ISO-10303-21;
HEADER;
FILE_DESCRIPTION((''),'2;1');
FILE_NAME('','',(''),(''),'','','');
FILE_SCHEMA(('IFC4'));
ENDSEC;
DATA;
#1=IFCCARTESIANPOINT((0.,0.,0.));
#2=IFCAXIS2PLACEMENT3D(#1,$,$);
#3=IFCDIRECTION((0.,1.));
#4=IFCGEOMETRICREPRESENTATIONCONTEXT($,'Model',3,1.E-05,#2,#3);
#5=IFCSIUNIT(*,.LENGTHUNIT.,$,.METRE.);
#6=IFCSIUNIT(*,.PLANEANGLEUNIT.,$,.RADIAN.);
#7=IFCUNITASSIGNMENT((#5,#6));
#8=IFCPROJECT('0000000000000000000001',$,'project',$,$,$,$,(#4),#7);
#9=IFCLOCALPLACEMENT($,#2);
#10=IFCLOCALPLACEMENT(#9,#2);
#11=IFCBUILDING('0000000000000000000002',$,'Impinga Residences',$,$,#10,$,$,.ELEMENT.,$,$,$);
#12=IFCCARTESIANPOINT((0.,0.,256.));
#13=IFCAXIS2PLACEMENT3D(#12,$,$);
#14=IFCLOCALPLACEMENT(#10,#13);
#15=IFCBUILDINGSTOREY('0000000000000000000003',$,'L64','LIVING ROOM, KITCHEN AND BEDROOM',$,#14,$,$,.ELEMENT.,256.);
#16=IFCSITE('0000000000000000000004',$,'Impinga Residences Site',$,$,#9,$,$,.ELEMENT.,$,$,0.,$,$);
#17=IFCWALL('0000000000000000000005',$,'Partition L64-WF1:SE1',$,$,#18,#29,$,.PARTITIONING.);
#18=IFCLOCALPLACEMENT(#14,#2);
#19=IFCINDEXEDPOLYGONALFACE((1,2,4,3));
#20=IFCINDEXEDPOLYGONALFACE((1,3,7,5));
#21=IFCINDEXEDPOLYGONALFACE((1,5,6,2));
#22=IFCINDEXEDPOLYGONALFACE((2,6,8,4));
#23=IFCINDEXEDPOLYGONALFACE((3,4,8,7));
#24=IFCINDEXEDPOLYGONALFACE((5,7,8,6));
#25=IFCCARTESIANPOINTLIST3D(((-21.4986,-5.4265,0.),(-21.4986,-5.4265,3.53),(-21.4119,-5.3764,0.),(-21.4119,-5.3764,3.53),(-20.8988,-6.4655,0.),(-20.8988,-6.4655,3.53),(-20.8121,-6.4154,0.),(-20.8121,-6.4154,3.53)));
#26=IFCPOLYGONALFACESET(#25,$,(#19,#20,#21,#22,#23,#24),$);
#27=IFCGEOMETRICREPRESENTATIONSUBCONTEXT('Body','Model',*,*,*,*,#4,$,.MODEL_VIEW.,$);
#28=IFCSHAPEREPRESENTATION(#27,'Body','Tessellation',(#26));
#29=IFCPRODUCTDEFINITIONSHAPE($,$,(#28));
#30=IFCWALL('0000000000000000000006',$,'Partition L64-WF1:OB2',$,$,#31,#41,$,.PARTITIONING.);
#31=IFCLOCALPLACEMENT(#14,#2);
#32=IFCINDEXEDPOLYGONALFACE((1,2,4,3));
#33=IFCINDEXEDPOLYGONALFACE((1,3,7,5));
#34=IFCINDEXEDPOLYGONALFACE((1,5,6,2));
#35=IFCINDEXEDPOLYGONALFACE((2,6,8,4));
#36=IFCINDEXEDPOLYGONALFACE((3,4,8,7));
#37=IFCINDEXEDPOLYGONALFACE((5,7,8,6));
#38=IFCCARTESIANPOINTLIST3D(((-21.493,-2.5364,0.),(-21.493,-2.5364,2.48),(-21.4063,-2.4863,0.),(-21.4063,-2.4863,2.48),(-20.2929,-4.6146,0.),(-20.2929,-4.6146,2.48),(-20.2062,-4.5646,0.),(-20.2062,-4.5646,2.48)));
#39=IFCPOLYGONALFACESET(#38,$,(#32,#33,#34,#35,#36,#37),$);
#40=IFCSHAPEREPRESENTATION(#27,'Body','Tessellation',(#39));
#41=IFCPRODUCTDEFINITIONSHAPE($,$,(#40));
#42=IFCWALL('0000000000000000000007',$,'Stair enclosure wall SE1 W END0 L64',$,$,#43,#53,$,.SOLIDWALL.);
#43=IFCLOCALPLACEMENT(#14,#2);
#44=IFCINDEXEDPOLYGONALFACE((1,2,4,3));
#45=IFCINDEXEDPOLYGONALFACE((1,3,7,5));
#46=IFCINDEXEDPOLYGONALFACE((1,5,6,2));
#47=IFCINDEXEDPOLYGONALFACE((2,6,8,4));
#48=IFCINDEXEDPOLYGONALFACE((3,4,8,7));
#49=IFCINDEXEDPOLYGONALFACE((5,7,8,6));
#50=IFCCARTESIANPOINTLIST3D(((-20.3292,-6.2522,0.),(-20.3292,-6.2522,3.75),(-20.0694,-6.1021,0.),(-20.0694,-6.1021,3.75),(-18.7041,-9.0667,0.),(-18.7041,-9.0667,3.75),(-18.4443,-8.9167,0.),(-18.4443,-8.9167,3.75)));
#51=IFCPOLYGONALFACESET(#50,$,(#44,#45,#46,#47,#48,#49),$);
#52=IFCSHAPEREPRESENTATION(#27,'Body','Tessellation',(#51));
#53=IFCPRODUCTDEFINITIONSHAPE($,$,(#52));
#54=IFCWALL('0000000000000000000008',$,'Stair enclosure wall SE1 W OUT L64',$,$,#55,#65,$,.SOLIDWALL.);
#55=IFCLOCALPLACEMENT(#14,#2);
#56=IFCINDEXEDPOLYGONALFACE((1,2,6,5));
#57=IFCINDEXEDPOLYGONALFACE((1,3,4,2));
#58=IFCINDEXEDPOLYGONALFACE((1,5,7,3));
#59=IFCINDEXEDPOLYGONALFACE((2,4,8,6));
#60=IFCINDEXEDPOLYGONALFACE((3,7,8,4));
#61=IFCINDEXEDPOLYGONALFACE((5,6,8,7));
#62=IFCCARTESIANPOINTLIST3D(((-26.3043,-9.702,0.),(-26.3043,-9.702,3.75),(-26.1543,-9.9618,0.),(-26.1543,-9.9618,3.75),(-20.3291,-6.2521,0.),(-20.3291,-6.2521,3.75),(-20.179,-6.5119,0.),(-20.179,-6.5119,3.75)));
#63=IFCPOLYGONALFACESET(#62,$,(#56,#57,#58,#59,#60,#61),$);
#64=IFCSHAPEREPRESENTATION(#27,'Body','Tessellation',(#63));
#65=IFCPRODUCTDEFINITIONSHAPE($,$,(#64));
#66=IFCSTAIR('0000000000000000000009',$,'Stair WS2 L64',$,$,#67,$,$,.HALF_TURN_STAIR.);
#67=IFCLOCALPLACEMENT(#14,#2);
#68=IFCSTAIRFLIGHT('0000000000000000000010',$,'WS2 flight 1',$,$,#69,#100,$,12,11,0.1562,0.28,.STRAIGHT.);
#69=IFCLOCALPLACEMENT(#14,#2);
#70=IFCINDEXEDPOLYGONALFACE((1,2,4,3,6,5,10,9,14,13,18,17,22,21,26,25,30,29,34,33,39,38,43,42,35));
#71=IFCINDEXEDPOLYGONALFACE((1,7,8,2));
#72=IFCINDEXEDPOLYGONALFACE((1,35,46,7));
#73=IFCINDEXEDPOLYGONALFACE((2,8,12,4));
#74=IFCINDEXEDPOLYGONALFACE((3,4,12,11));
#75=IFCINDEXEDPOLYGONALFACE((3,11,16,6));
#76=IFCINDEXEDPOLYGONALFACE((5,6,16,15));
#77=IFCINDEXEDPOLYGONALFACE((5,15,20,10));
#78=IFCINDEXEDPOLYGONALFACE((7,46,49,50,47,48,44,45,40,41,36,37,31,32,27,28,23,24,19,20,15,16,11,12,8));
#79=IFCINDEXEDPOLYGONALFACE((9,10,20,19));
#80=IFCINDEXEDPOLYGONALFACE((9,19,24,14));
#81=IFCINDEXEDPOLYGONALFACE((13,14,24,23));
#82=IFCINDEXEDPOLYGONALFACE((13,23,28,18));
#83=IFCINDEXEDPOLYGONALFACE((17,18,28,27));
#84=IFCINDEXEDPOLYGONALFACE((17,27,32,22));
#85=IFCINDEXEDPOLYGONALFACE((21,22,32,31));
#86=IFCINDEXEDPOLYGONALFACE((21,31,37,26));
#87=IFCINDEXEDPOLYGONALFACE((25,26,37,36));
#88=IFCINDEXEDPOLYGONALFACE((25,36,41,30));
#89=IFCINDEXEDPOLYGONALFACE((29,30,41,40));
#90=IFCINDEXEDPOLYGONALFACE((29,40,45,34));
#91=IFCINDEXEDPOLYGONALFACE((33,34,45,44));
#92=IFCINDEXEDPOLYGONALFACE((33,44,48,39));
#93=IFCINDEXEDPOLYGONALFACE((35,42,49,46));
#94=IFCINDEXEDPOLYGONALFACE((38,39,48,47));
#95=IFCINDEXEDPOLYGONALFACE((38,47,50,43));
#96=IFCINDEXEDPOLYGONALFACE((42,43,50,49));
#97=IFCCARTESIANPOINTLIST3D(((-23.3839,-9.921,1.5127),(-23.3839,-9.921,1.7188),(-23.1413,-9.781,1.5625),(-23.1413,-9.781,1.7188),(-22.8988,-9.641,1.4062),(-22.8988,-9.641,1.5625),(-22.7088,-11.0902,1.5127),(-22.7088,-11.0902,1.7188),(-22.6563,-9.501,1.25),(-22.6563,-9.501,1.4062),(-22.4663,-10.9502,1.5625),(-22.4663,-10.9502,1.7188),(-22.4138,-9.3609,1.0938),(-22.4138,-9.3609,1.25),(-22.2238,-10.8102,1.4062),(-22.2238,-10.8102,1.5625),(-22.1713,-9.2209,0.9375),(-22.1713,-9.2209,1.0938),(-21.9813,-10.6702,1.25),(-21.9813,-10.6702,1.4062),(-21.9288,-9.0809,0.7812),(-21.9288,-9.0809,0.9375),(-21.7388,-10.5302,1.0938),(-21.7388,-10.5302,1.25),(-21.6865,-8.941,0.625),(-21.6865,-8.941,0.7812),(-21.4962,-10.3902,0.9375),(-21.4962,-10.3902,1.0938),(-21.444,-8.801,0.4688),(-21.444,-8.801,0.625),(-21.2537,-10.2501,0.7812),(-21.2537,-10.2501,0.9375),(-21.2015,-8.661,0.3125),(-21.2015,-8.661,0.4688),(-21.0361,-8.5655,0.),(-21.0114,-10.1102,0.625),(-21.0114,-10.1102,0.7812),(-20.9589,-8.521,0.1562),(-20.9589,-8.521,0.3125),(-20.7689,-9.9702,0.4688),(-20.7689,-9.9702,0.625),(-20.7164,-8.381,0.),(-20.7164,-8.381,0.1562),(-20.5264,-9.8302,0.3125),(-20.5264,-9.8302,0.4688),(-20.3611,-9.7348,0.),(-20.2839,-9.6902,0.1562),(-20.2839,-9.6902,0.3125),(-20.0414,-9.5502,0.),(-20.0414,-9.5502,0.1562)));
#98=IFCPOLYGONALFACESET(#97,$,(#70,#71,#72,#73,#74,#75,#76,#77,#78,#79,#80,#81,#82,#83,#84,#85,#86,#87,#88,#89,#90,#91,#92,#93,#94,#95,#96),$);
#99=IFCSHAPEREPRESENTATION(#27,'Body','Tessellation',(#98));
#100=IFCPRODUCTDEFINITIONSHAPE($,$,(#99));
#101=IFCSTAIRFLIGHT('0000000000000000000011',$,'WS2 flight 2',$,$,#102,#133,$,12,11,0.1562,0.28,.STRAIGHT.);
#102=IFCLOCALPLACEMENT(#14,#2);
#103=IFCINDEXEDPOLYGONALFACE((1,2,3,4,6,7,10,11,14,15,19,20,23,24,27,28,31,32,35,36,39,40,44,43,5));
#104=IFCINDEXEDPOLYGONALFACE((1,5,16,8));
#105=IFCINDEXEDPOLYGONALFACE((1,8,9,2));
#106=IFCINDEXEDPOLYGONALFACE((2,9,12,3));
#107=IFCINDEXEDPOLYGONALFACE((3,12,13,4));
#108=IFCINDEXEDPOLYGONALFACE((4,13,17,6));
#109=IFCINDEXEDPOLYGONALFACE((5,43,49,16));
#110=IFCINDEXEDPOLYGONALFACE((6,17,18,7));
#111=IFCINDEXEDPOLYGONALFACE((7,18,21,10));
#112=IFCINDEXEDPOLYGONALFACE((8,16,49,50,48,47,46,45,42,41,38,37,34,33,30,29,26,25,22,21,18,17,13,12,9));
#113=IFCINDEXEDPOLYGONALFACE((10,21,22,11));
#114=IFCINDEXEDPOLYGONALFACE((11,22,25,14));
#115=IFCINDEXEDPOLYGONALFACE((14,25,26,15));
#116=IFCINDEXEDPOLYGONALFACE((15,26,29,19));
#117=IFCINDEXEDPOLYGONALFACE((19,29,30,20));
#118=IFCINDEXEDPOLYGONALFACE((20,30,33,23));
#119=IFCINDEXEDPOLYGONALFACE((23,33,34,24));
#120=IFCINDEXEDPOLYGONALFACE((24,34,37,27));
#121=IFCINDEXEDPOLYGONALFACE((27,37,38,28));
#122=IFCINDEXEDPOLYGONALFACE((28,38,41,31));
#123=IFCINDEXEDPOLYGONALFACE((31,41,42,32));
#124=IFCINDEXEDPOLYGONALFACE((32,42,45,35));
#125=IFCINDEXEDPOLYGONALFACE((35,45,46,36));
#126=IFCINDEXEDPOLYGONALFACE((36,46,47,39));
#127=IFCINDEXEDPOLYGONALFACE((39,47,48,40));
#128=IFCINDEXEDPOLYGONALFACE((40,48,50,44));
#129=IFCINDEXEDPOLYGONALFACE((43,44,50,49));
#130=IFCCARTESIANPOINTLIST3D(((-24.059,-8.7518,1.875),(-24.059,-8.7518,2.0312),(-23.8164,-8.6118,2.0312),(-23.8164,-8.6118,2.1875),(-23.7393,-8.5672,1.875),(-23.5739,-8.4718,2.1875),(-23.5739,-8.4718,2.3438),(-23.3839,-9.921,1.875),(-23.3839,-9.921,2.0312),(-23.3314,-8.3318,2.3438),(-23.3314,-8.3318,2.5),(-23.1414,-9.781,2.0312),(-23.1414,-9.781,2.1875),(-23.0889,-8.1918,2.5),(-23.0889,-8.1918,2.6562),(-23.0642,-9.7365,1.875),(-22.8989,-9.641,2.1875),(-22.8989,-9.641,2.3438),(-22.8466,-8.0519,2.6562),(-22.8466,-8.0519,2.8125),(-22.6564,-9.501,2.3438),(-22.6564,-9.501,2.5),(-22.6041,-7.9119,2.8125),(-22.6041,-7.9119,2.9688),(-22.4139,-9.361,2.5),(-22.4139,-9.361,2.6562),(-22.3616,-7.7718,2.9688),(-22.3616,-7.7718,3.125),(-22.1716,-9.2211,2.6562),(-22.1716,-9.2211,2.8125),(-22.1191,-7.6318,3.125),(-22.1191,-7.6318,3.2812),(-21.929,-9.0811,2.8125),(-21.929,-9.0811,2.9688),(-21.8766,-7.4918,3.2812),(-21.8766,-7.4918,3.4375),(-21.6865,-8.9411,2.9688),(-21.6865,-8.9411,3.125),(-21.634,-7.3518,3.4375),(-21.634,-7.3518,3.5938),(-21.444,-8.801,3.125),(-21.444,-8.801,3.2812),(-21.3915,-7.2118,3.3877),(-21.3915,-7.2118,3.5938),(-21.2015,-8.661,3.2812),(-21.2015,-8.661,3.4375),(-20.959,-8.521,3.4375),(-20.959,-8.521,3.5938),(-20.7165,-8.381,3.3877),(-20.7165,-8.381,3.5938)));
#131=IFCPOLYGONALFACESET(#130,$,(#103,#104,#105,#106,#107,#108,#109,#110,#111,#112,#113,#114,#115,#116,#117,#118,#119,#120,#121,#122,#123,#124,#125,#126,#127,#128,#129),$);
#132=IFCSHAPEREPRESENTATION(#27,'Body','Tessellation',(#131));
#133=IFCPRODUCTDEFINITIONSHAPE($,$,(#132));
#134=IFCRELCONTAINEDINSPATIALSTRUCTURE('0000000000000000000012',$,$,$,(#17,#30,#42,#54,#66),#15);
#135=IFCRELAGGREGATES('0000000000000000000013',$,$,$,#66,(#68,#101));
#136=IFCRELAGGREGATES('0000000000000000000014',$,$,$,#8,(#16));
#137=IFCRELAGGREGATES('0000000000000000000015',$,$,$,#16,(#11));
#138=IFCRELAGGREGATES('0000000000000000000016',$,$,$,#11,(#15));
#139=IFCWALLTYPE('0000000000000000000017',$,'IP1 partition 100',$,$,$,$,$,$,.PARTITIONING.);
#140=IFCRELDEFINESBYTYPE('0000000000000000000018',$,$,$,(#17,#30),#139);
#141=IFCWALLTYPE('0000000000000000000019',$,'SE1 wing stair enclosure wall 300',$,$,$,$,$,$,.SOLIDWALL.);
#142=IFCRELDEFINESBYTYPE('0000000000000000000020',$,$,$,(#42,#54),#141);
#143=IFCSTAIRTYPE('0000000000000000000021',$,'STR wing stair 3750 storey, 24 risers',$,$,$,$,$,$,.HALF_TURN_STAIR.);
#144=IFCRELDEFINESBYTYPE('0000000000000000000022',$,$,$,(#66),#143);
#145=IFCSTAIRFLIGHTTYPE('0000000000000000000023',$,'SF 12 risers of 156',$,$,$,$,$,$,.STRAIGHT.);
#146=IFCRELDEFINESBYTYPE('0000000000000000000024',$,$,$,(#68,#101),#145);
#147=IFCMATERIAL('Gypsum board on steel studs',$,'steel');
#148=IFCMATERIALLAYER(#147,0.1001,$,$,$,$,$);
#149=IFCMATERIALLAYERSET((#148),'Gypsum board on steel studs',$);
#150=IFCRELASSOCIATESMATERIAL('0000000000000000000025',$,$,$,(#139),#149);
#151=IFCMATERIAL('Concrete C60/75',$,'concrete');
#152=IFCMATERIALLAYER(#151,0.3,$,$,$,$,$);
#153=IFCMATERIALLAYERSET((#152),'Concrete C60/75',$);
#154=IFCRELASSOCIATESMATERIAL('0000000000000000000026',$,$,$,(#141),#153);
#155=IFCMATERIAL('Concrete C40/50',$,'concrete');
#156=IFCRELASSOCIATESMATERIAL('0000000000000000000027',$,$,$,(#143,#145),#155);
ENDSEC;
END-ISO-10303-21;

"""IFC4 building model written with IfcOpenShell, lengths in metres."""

from ifc_helpers import new_model, si_unit, direction, frame, frame_2d, origin, place, context, subcontext, project, spatial, polyline, rectangle, outline, extrude, material, layer, layer_set, type_object, element, aggregate, save


model = new_model("IFC4")

# Units and contexts
model_context = context("Model", 3, precision=1e-05, world=origin(), true_north=direction((0.0, 1.0)))
body_context = subcontext(model_context, "Body", "Model", "MODEL_VIEW")
ifc_project = project(units=[si_unit("LENGTHUNIT", "METRE"), si_unit("PLANEANGLEUNIT", "RADIAN")], contexts=[model_context])

# Site, building, storey
site_placement = place(None, origin())
site = spatial("IfcSite", under=ifc_project, at=site_placement, Name="Impinga Residences Site", CompositionType="ELEMENT", RefElevation=0.0)
building_placement = place(site_placement, origin())
building = spatial("IfcBuilding", under=site, at=building_placement, Name="Impinga Residences", CompositionType="ELEMENT")
storey_placement = place(building_placement, frame((0.0, 0.0, 256.0)))
storey = spatial("IfcBuildingStorey", under=building, at=storey_placement, Name="L64", Description="LIVING ROOM, KITCHEN AND BEDROOM", CompositionType="ELEMENT", Elevation=256.0)

# Shared definitions
ifc_material_1 = material(Name="Concrete C60/75", Category="concrete")

# Walls
ifc_material_2 = material(Name="Gypsum board on steel studs", Category="steel")
ifc_layer_1 = layer(ifc_material_2, 0.1001)
ifc_layer_set_1 = layer_set([ifc_layer_1], Name="Gypsum board on steel studs")
wall_type_1 = type_object("IfcWallType", Name="IP1 partition 100", PredefinedType="PARTITIONING", material=ifc_layer_set_1)
wall_1_placement = place(storey_placement, frame((-20.8555, -6.4404, 0.0), z_axis=(0.0, 0.0, 1.0), x_axis=(-0.499969, 0.866043, 0.0)))
element("IfcWall", 1, at=wall_1_placement, inside=storey, type_object=wall_type_1, Name="Partition L64-WF1:SE1", PredefinedType="PARTITIONING", context=body_context, shape_type="SweptSolid", body=[
    extrude(rectangle(XDim=1.1997, YDim=0.1001, at=frame_2d((0.5999, 0.0))), origin(), (0.0, 0.0, 1.0), 3.53),
])
wall_2_placement = place(storey_placement, frame((-20.2495, -4.5896, 0.0), z_axis=(0.0, 0.0, 1.0), x_axis=(-0.500078, 0.865981, 0.0)))
element("IfcWall", 2, at=wall_2_placement, inside=storey, type_object=wall_type_1, Name="Partition L64-WF1:OB2", PredefinedType="PARTITIONING", context=body_context, shape_type="SweptSolid", body=[
    extrude(rectangle(XDim=2.3999, YDim=0.1001, at=frame_2d((1.2, 0.0))), origin(), (0.0, 0.0, 1.0), 2.48),
])
ifc_layer_2 = layer(ifc_material_1, 0.3)
ifc_layer_set_2 = layer_set([ifc_layer_2], Name="Concrete C60/75")
wall_type_2 = type_object("IfcWallType", Name="SE1 wing stair enclosure wall 300", PredefinedType="SOLIDWALL", material=ifc_layer_set_2)
wall_3_placement = place(storey_placement, frame((-18.5742, -8.9917, 0.0), z_axis=(0.0, 0.0, 1.0), x_axis=(-0.500017, 0.866015, 0.0)))
element("IfcWall", 3, at=wall_3_placement, inside=storey, type_object=wall_type_2, Name="Stair enclosure wall SE1 W END0 L64", PredefinedType="SOLIDWALL", context=body_context, shape_type="SweptSolid", body=[
    extrude(rectangle(XDim=3.25, YDim=0.3, at=frame_2d((1.625, 0.0))), origin(), (0.0, 0.0, 1.0), 3.75),
])
wall_4_placement = place(storey_placement, frame((-20.2542, -6.3821, 0.0), z_axis=(0.0, 0.0, 1.0), x_axis=(-0.86602, -0.500009, 0.0)))
element("IfcWall", 4, at=wall_4_placement, inside=storey, type_object=wall_type_2, Name="Stair enclosure wall SE1 W OUT L64", PredefinedType="SOLIDWALL", context=body_context, shape_type="SweptSolid", body=[
    extrude(rectangle(XDim=6.8997, YDim=0.3, at=frame_2d((3.4497, 0.0))), origin(), (0.0, 0.0, 1.0), 3.75),
])

# Stair, stair flights
ifc_material_3 = material(Name="Concrete C40/50", Category="concrete")
stair_type = type_object("IfcStairType", Name="STR wing stair 3750 storey, 24 risers", PredefinedType="HALF_TURN_STAIR", material=ifc_material_3)
stair_placement = place(storey_placement, origin())
stair = element("IfcStair", 5, at=stair_placement, inside=storey, type_object=stair_type, Name="Stair WS2 L64", PredefinedType="HALF_TURN_STAIR")
stair_flight_type = type_object("IfcStairFlightType", Name="SF 12 risers of 156", PredefinedType="STRAIGHT", material=ifc_material_3)
stair_flight_1_placement = place(storey_placement, frame((-20.3789, -8.9656, 0.0), z_axis=(0.0, 0.0, 1.0), x_axis=(-0.866025, -0.5, 0.0)))
stair_flight_1 = element("IfcStairFlight", 6, at=stair_flight_1_placement, type_object=stair_flight_type, Name="WS2 flight 1", NumberOfRisers=12, NumberOfTreads=11, PredefinedType="STRAIGHT", RiserHeight=0.1562, TreadLength=0.28, context=body_context, shape_type="SweptSolid", body=[
    extrude(outline(polyline([(0.0, 0.0), (0.0, 0.1562), (0.28, 0.1562), (0.28, 0.3125), (0.5601, 0.3125), (0.5601, 0.4688), (0.8401, 0.4688), (0.8401, 0.625), (1.1201, 0.625), (1.1201, 0.7812), (1.3999, 0.7812), (1.3999, 0.9375), (1.6799, 0.9375), (1.6799, 1.0938), (1.96, 1.0938), (1.96, 1.25), (2.24, 1.25), (2.24, 1.4062), (2.52, 1.4062), (2.52, 1.5625), (2.8, 1.5625), (2.8, 1.7188), (3.0801, 1.7188), (3.0801, 1.875), (3.0801, 1.5127), (0.3691, 0.0), (0.0, 0.0)])), frame((0.0, 0.675, 0.0), z_axis=(0.0, -1.0, 0.0), x_axis=(1.0, 0.0, 0.0)), (0.0, 0.0, 1.0), 1.3501),
])
stair_flight_2_placement = place(storey_placement, frame((-23.7214, -9.3364, 1.875), z_axis=(0.0, 0.0, 1.0), x_axis=(0.866025, 0.5, 0.0)))
stair_flight_2 = element("IfcStairFlight", 7, at=stair_flight_2_placement, type_object=stair_flight_type, Name="WS2 flight 2", NumberOfRisers=12, NumberOfTreads=11, PredefinedType="STRAIGHT", RiserHeight=0.1562, TreadLength=0.28, context=body_context, shape_type="SweptSolid", body=[
    extrude(outline(polyline([(0.0, 0.0), (0.0, 0.1562), (0.28, 0.1562), (0.28, 0.3125), (0.5601, 0.3125), (0.5601, 0.4688), (0.8401, 0.4688), (0.8401, 0.625), (1.1201, 0.625), (1.1201, 0.7812), (1.3999, 0.7812), (1.3999, 0.9375), (1.6799, 0.9375), (1.6799, 1.0938), (1.96, 1.0938), (1.96, 1.25), (2.24, 1.25), (2.24, 1.4062), (2.52, 1.4062), (2.52, 1.5625), (2.8, 1.5625), (2.8, 1.7188), (3.0801, 1.7188), (3.0801, 1.875), (3.0801, 1.5127), (0.3691, 0.0), (0.0, 0.0)])), frame((0.0, 0.675, 0.0), z_axis=(0.0, -1.0, 0.0), x_axis=(1.0, 0.0, 0.0)), (0.0, 0.0, 1.0), 1.3501),
])
aggregate(stair, [stair_flight_1, stair_flight_2])

save(model, "model.ifc")
